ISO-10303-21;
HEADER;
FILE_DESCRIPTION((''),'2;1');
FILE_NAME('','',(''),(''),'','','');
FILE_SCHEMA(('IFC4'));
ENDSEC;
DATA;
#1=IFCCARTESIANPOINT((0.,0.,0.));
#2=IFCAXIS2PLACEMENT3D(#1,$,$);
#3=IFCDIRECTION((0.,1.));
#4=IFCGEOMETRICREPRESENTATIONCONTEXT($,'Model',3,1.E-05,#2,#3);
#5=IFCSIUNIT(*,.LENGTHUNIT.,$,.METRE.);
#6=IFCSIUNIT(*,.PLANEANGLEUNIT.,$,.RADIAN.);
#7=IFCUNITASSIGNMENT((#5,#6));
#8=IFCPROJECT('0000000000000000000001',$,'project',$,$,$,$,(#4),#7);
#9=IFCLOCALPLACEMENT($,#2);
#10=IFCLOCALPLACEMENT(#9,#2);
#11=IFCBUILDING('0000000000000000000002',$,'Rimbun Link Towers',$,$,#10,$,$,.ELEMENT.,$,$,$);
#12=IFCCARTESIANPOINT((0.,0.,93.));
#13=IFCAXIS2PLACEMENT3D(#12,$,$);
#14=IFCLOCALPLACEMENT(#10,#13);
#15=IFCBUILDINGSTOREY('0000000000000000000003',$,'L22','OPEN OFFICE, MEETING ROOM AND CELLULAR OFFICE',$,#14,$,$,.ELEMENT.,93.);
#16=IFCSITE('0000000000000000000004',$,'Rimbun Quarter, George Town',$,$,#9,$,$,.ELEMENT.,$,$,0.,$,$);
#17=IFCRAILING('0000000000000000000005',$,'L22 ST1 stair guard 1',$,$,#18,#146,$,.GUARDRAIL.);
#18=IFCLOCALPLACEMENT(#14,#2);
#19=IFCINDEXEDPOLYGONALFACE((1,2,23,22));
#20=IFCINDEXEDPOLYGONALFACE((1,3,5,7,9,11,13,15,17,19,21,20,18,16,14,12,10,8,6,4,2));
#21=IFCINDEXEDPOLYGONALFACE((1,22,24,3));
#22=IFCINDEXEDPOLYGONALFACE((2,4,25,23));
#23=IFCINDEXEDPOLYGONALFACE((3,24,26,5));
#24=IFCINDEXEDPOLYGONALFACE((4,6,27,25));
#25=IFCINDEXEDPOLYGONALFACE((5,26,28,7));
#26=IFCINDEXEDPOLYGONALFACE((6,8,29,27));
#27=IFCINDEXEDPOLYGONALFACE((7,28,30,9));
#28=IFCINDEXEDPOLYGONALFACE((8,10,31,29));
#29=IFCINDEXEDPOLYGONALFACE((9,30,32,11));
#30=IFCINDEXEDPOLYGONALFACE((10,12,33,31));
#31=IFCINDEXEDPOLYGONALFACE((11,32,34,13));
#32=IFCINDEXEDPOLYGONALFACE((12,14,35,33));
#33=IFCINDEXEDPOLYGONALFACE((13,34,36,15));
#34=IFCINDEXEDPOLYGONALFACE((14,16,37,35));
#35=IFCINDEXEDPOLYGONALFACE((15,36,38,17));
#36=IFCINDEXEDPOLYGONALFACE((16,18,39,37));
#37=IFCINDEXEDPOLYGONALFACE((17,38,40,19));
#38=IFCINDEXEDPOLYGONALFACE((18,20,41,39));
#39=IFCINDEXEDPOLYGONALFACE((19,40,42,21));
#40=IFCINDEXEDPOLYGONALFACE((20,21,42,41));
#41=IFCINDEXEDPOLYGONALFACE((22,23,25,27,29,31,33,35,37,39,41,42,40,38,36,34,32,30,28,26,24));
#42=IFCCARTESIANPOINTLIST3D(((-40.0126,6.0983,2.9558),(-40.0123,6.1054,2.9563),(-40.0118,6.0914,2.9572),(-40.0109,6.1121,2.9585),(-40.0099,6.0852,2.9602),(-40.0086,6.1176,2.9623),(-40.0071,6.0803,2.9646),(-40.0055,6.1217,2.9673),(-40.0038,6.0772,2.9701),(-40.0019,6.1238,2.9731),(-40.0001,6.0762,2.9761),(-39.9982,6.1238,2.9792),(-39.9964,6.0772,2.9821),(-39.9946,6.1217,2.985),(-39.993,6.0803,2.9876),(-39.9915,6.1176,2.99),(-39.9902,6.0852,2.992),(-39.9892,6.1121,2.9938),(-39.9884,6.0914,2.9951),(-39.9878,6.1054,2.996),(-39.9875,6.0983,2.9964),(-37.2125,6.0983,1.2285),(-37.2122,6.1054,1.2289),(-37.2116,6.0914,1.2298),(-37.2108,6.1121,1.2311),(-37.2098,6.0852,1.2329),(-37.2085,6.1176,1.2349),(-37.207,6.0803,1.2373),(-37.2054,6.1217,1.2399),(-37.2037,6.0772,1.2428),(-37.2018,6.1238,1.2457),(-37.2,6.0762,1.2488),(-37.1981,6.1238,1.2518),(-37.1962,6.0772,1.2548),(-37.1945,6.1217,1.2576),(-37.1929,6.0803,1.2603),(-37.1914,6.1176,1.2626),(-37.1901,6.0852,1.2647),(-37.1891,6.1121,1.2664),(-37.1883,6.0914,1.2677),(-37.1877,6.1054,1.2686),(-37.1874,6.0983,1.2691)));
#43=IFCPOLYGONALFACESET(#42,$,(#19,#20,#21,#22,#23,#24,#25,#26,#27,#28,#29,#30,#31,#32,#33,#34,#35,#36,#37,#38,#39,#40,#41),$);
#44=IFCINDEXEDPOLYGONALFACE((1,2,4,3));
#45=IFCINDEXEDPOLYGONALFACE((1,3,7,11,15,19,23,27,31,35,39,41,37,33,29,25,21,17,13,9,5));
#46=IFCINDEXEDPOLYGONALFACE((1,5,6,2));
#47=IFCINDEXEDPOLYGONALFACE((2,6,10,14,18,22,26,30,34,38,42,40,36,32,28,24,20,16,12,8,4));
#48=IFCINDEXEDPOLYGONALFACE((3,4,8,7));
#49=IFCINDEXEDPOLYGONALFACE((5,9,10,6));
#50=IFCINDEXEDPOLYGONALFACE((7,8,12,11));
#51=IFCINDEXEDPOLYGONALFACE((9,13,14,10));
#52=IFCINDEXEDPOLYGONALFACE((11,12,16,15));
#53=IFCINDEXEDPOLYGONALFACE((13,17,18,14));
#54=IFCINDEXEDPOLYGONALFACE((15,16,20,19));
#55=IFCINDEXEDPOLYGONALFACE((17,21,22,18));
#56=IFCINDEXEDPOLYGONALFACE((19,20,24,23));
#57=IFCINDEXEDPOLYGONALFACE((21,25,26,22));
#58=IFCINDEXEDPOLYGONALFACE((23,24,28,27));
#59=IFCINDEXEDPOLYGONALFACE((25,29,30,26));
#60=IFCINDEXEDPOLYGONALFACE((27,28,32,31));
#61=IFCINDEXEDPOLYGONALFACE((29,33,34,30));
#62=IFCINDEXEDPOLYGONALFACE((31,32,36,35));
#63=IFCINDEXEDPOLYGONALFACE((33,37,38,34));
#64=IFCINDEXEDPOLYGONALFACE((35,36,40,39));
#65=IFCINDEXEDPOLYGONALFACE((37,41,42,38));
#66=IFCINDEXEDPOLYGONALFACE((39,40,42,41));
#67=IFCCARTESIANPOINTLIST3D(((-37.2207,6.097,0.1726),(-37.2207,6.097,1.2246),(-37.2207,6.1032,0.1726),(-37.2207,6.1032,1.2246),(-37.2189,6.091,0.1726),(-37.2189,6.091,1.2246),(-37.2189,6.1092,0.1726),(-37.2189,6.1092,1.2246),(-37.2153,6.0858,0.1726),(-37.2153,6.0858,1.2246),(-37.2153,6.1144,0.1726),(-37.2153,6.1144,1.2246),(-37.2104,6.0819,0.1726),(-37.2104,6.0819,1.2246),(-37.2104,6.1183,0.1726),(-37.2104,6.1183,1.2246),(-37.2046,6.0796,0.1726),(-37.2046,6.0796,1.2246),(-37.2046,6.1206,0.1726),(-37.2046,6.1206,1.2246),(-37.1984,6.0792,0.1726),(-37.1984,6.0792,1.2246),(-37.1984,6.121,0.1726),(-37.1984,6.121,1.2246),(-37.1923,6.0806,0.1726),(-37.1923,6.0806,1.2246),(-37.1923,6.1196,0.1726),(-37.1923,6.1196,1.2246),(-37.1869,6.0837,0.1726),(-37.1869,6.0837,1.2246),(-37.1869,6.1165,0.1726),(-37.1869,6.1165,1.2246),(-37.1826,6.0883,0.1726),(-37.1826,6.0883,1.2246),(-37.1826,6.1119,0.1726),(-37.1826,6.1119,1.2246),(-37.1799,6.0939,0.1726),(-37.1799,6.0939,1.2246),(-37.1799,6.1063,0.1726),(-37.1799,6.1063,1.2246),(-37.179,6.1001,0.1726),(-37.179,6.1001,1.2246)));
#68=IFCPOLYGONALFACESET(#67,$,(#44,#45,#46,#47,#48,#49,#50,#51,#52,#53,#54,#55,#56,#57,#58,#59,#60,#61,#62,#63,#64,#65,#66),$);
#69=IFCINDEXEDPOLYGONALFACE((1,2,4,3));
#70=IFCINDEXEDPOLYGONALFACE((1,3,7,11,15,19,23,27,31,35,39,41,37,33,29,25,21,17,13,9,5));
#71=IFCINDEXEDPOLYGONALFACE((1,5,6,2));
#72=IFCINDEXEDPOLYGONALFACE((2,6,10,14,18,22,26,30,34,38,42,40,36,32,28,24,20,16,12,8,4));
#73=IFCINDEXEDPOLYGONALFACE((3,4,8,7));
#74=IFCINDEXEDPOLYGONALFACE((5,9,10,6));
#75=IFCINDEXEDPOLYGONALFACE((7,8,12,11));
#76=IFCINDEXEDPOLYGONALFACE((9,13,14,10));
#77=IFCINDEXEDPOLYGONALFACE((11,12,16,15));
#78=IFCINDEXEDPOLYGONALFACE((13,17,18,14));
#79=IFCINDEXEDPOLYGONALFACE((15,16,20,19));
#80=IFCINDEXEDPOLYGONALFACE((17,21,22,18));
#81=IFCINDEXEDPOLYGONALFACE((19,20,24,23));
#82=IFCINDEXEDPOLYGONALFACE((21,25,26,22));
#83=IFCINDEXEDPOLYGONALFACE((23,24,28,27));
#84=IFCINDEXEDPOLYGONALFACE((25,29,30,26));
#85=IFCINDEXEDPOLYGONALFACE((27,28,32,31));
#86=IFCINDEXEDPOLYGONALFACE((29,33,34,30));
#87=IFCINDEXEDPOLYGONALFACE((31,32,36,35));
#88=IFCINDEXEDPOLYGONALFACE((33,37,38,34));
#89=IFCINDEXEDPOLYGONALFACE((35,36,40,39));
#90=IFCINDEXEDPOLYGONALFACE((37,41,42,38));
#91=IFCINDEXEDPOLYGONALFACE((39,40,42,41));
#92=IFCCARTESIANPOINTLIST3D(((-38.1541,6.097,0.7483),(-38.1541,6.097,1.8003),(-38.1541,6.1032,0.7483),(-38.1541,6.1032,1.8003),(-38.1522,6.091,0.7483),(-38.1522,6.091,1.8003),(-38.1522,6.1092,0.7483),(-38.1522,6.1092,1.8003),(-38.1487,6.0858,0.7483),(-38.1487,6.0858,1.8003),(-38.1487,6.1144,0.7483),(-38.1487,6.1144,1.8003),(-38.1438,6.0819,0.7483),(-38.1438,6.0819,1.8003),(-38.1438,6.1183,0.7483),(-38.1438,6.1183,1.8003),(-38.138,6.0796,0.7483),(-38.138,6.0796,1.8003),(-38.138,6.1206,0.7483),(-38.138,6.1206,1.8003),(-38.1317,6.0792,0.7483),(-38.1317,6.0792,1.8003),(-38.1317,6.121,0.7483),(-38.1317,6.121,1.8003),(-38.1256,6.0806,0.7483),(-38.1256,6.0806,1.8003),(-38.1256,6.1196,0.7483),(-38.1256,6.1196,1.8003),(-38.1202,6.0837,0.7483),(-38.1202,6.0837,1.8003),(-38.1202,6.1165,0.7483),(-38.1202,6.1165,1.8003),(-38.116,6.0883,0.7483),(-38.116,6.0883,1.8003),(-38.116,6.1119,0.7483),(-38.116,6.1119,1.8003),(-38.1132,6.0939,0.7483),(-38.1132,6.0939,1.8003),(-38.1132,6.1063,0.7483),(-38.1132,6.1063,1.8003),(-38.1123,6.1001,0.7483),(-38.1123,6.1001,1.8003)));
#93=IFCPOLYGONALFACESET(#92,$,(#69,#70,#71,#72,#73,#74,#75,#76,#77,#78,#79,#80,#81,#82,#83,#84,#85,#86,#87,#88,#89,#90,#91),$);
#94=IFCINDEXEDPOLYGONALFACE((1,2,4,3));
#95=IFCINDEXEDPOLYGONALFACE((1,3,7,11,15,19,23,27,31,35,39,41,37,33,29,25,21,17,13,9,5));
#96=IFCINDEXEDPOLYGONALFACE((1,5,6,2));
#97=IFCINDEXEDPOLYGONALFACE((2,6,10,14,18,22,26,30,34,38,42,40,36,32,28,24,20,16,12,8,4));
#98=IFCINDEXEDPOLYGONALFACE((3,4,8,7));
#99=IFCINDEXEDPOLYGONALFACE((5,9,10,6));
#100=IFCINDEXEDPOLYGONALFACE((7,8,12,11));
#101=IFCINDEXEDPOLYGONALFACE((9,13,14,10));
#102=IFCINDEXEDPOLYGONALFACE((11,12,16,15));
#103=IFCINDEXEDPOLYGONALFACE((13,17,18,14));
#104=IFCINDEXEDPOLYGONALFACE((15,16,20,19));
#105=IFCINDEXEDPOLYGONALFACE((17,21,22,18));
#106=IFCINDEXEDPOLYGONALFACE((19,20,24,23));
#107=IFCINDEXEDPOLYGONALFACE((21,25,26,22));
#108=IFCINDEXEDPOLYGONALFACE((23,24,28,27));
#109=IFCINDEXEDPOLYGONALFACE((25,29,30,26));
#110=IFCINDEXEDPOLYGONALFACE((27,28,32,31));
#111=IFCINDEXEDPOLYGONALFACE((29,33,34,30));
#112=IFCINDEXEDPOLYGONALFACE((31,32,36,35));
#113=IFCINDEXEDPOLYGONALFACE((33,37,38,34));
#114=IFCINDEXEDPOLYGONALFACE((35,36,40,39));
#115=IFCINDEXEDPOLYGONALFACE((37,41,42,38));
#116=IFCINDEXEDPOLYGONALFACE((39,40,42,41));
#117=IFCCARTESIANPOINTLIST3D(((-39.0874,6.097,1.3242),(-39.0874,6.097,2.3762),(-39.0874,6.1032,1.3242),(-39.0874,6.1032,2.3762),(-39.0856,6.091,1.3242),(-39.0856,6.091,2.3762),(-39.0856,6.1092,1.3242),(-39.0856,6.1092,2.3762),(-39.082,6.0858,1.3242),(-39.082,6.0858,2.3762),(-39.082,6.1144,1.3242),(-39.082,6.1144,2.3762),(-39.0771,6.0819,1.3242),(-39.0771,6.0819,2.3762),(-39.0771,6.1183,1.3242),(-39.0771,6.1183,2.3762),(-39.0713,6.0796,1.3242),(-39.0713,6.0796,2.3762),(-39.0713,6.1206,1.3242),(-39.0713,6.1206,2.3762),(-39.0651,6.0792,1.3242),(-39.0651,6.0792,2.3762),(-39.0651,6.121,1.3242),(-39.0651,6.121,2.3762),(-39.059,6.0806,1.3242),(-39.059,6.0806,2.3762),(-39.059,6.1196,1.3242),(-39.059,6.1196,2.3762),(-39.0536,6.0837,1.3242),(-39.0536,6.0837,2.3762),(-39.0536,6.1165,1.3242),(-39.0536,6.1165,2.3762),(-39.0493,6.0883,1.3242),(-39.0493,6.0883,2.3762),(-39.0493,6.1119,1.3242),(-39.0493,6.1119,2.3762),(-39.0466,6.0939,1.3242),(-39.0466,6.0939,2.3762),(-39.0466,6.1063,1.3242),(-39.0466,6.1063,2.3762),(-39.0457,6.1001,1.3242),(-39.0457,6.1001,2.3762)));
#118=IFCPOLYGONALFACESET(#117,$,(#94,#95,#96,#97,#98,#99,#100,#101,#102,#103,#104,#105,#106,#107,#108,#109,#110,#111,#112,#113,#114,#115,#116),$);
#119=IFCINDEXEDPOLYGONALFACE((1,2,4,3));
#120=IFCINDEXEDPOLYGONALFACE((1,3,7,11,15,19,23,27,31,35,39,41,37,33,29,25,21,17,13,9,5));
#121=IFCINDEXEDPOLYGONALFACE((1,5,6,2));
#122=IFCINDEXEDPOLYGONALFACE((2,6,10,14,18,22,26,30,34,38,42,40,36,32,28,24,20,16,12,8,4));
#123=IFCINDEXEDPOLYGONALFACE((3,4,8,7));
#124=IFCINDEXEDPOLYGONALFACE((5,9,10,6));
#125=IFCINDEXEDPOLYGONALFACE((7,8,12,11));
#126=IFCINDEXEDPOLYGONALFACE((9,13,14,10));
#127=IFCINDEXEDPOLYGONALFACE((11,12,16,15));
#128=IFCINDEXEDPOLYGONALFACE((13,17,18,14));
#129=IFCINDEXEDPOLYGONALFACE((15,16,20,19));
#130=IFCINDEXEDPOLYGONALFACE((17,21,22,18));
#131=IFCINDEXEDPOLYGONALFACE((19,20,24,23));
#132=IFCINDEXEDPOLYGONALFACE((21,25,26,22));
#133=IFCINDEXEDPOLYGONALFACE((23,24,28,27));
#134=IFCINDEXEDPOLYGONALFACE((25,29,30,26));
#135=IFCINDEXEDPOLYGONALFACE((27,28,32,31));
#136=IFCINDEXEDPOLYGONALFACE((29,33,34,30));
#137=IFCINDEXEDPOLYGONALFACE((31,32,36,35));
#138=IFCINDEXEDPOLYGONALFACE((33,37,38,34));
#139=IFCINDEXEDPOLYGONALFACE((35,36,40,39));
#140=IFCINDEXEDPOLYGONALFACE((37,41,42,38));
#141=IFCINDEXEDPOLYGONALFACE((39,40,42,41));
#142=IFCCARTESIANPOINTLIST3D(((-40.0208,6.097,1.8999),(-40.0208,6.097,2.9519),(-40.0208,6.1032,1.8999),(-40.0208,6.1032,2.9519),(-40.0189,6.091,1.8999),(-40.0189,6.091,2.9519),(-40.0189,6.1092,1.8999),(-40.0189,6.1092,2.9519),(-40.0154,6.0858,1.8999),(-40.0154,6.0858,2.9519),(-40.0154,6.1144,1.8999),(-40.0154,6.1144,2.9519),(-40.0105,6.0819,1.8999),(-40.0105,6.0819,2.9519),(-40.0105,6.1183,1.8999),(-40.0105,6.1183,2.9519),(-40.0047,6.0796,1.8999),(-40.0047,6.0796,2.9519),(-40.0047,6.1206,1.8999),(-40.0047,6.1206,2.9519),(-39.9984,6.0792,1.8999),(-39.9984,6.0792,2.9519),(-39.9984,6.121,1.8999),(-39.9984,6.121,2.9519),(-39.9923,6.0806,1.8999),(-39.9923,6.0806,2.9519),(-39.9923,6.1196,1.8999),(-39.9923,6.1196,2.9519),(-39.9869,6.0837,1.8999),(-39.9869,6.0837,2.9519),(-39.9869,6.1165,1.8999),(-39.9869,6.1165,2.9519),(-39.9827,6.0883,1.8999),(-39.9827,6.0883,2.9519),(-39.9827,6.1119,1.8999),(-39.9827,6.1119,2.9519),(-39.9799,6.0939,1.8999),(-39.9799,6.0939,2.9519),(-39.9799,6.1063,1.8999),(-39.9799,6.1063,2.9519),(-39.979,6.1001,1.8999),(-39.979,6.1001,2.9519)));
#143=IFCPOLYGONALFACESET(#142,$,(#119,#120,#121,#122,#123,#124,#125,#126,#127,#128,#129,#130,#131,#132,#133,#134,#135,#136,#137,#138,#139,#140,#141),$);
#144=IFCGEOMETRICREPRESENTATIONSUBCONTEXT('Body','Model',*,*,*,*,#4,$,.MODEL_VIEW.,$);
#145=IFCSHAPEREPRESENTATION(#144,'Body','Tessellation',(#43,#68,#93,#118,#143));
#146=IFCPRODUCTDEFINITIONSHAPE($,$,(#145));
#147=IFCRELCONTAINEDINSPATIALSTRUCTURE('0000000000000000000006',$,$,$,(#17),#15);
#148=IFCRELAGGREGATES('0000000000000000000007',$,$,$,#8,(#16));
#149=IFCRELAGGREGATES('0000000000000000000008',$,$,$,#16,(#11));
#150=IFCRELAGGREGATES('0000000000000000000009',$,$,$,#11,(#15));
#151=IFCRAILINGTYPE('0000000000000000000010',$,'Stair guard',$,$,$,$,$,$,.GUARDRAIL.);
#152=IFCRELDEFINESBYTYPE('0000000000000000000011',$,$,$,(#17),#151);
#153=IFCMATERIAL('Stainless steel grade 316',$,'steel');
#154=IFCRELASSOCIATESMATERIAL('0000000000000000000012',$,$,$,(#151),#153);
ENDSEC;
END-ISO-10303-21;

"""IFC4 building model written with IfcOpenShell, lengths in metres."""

from ifc_helpers import new_model, si_unit, direction, frame, origin, origin_2d, place, context, subcontext, project, spatial, circle, extrude, material, type_object, element, save


model = new_model("IFC4")

# Units and contexts
model_context = context("Model", 3, precision=1e-05, world=origin(), true_north=direction((0.0, 1.0)))
body_context = subcontext(model_context, "Body", "Model", "MODEL_VIEW")
ifc_project = project(units=[si_unit("LENGTHUNIT", "METRE"), si_unit("PLANEANGLEUNIT", "RADIAN")], contexts=[model_context])

# Site, building, storey
site_placement = place(None, origin())
site = spatial("IfcSite", under=ifc_project, at=site_placement, Name="Rimbun Quarter, George Town", CompositionType="ELEMENT", RefElevation=0.0)
building_placement = place(site_placement, origin())
building = spatial("IfcBuilding", under=site, at=building_placement, Name="Rimbun Link Towers", CompositionType="ELEMENT")
storey_placement = place(building_placement, frame((0.0, 0.0, 93.0)))
storey = spatial("IfcBuildingStorey", under=building, at=storey_placement, Name="L22", Description="OPEN OFFICE, MEETING ROOM AND CELLULAR OFFICE", CompositionType="ELEMENT", Elevation=93.0)

# Railing
ifc_material_1 = material(Name="Stainless steel grade 316", Category="steel")
railing_type_1 = type_object("IfcRailingType", Name="Stair guard", PredefinedType="GUARDRAIL", material=ifc_material_1)
railing_1_placement = place(storey_placement, frame((-37.2, 6.1001, 0.1726)))
element("IfcRailing", 1, at=railing_1_placement, inside=storey, type_object=railing_type_1, Name="L22 ST1 stair guard 1", PredefinedType="GUARDRAIL", context=body_context, shape_type="SweptSolid", body=[
    extrude(circle(Radius=0.0239, at=origin_2d()), frame((0.0, 0.0, 1.0762), z_axis=(-0.85109, 0.0, 0.52502), x_axis=(0.0, -1.0, 0.0)), (0.0, 0.0, 1.0), 3.29),
    extrude(circle(Radius=0.021, at=origin_2d()), origin(), (0.0, 0.0, 1.0), 1.052),
    extrude(circle(Radius=0.021, at=origin_2d()), frame((-0.9333, 0.0, 0.5757)), (0.0, 0.0, 1.0), 1.052),
    extrude(circle(Radius=0.021, at=origin_2d()), frame((-1.8667, 0.0, 1.1516)), (0.0, 0.0, 1.0), 1.052),
    extrude(circle(Radius=0.021, at=origin_2d()), frame((-2.8, 0.0, 1.7273)), (0.0, 0.0, 1.0), 1.052),
])

save(model, "model.ifc")
